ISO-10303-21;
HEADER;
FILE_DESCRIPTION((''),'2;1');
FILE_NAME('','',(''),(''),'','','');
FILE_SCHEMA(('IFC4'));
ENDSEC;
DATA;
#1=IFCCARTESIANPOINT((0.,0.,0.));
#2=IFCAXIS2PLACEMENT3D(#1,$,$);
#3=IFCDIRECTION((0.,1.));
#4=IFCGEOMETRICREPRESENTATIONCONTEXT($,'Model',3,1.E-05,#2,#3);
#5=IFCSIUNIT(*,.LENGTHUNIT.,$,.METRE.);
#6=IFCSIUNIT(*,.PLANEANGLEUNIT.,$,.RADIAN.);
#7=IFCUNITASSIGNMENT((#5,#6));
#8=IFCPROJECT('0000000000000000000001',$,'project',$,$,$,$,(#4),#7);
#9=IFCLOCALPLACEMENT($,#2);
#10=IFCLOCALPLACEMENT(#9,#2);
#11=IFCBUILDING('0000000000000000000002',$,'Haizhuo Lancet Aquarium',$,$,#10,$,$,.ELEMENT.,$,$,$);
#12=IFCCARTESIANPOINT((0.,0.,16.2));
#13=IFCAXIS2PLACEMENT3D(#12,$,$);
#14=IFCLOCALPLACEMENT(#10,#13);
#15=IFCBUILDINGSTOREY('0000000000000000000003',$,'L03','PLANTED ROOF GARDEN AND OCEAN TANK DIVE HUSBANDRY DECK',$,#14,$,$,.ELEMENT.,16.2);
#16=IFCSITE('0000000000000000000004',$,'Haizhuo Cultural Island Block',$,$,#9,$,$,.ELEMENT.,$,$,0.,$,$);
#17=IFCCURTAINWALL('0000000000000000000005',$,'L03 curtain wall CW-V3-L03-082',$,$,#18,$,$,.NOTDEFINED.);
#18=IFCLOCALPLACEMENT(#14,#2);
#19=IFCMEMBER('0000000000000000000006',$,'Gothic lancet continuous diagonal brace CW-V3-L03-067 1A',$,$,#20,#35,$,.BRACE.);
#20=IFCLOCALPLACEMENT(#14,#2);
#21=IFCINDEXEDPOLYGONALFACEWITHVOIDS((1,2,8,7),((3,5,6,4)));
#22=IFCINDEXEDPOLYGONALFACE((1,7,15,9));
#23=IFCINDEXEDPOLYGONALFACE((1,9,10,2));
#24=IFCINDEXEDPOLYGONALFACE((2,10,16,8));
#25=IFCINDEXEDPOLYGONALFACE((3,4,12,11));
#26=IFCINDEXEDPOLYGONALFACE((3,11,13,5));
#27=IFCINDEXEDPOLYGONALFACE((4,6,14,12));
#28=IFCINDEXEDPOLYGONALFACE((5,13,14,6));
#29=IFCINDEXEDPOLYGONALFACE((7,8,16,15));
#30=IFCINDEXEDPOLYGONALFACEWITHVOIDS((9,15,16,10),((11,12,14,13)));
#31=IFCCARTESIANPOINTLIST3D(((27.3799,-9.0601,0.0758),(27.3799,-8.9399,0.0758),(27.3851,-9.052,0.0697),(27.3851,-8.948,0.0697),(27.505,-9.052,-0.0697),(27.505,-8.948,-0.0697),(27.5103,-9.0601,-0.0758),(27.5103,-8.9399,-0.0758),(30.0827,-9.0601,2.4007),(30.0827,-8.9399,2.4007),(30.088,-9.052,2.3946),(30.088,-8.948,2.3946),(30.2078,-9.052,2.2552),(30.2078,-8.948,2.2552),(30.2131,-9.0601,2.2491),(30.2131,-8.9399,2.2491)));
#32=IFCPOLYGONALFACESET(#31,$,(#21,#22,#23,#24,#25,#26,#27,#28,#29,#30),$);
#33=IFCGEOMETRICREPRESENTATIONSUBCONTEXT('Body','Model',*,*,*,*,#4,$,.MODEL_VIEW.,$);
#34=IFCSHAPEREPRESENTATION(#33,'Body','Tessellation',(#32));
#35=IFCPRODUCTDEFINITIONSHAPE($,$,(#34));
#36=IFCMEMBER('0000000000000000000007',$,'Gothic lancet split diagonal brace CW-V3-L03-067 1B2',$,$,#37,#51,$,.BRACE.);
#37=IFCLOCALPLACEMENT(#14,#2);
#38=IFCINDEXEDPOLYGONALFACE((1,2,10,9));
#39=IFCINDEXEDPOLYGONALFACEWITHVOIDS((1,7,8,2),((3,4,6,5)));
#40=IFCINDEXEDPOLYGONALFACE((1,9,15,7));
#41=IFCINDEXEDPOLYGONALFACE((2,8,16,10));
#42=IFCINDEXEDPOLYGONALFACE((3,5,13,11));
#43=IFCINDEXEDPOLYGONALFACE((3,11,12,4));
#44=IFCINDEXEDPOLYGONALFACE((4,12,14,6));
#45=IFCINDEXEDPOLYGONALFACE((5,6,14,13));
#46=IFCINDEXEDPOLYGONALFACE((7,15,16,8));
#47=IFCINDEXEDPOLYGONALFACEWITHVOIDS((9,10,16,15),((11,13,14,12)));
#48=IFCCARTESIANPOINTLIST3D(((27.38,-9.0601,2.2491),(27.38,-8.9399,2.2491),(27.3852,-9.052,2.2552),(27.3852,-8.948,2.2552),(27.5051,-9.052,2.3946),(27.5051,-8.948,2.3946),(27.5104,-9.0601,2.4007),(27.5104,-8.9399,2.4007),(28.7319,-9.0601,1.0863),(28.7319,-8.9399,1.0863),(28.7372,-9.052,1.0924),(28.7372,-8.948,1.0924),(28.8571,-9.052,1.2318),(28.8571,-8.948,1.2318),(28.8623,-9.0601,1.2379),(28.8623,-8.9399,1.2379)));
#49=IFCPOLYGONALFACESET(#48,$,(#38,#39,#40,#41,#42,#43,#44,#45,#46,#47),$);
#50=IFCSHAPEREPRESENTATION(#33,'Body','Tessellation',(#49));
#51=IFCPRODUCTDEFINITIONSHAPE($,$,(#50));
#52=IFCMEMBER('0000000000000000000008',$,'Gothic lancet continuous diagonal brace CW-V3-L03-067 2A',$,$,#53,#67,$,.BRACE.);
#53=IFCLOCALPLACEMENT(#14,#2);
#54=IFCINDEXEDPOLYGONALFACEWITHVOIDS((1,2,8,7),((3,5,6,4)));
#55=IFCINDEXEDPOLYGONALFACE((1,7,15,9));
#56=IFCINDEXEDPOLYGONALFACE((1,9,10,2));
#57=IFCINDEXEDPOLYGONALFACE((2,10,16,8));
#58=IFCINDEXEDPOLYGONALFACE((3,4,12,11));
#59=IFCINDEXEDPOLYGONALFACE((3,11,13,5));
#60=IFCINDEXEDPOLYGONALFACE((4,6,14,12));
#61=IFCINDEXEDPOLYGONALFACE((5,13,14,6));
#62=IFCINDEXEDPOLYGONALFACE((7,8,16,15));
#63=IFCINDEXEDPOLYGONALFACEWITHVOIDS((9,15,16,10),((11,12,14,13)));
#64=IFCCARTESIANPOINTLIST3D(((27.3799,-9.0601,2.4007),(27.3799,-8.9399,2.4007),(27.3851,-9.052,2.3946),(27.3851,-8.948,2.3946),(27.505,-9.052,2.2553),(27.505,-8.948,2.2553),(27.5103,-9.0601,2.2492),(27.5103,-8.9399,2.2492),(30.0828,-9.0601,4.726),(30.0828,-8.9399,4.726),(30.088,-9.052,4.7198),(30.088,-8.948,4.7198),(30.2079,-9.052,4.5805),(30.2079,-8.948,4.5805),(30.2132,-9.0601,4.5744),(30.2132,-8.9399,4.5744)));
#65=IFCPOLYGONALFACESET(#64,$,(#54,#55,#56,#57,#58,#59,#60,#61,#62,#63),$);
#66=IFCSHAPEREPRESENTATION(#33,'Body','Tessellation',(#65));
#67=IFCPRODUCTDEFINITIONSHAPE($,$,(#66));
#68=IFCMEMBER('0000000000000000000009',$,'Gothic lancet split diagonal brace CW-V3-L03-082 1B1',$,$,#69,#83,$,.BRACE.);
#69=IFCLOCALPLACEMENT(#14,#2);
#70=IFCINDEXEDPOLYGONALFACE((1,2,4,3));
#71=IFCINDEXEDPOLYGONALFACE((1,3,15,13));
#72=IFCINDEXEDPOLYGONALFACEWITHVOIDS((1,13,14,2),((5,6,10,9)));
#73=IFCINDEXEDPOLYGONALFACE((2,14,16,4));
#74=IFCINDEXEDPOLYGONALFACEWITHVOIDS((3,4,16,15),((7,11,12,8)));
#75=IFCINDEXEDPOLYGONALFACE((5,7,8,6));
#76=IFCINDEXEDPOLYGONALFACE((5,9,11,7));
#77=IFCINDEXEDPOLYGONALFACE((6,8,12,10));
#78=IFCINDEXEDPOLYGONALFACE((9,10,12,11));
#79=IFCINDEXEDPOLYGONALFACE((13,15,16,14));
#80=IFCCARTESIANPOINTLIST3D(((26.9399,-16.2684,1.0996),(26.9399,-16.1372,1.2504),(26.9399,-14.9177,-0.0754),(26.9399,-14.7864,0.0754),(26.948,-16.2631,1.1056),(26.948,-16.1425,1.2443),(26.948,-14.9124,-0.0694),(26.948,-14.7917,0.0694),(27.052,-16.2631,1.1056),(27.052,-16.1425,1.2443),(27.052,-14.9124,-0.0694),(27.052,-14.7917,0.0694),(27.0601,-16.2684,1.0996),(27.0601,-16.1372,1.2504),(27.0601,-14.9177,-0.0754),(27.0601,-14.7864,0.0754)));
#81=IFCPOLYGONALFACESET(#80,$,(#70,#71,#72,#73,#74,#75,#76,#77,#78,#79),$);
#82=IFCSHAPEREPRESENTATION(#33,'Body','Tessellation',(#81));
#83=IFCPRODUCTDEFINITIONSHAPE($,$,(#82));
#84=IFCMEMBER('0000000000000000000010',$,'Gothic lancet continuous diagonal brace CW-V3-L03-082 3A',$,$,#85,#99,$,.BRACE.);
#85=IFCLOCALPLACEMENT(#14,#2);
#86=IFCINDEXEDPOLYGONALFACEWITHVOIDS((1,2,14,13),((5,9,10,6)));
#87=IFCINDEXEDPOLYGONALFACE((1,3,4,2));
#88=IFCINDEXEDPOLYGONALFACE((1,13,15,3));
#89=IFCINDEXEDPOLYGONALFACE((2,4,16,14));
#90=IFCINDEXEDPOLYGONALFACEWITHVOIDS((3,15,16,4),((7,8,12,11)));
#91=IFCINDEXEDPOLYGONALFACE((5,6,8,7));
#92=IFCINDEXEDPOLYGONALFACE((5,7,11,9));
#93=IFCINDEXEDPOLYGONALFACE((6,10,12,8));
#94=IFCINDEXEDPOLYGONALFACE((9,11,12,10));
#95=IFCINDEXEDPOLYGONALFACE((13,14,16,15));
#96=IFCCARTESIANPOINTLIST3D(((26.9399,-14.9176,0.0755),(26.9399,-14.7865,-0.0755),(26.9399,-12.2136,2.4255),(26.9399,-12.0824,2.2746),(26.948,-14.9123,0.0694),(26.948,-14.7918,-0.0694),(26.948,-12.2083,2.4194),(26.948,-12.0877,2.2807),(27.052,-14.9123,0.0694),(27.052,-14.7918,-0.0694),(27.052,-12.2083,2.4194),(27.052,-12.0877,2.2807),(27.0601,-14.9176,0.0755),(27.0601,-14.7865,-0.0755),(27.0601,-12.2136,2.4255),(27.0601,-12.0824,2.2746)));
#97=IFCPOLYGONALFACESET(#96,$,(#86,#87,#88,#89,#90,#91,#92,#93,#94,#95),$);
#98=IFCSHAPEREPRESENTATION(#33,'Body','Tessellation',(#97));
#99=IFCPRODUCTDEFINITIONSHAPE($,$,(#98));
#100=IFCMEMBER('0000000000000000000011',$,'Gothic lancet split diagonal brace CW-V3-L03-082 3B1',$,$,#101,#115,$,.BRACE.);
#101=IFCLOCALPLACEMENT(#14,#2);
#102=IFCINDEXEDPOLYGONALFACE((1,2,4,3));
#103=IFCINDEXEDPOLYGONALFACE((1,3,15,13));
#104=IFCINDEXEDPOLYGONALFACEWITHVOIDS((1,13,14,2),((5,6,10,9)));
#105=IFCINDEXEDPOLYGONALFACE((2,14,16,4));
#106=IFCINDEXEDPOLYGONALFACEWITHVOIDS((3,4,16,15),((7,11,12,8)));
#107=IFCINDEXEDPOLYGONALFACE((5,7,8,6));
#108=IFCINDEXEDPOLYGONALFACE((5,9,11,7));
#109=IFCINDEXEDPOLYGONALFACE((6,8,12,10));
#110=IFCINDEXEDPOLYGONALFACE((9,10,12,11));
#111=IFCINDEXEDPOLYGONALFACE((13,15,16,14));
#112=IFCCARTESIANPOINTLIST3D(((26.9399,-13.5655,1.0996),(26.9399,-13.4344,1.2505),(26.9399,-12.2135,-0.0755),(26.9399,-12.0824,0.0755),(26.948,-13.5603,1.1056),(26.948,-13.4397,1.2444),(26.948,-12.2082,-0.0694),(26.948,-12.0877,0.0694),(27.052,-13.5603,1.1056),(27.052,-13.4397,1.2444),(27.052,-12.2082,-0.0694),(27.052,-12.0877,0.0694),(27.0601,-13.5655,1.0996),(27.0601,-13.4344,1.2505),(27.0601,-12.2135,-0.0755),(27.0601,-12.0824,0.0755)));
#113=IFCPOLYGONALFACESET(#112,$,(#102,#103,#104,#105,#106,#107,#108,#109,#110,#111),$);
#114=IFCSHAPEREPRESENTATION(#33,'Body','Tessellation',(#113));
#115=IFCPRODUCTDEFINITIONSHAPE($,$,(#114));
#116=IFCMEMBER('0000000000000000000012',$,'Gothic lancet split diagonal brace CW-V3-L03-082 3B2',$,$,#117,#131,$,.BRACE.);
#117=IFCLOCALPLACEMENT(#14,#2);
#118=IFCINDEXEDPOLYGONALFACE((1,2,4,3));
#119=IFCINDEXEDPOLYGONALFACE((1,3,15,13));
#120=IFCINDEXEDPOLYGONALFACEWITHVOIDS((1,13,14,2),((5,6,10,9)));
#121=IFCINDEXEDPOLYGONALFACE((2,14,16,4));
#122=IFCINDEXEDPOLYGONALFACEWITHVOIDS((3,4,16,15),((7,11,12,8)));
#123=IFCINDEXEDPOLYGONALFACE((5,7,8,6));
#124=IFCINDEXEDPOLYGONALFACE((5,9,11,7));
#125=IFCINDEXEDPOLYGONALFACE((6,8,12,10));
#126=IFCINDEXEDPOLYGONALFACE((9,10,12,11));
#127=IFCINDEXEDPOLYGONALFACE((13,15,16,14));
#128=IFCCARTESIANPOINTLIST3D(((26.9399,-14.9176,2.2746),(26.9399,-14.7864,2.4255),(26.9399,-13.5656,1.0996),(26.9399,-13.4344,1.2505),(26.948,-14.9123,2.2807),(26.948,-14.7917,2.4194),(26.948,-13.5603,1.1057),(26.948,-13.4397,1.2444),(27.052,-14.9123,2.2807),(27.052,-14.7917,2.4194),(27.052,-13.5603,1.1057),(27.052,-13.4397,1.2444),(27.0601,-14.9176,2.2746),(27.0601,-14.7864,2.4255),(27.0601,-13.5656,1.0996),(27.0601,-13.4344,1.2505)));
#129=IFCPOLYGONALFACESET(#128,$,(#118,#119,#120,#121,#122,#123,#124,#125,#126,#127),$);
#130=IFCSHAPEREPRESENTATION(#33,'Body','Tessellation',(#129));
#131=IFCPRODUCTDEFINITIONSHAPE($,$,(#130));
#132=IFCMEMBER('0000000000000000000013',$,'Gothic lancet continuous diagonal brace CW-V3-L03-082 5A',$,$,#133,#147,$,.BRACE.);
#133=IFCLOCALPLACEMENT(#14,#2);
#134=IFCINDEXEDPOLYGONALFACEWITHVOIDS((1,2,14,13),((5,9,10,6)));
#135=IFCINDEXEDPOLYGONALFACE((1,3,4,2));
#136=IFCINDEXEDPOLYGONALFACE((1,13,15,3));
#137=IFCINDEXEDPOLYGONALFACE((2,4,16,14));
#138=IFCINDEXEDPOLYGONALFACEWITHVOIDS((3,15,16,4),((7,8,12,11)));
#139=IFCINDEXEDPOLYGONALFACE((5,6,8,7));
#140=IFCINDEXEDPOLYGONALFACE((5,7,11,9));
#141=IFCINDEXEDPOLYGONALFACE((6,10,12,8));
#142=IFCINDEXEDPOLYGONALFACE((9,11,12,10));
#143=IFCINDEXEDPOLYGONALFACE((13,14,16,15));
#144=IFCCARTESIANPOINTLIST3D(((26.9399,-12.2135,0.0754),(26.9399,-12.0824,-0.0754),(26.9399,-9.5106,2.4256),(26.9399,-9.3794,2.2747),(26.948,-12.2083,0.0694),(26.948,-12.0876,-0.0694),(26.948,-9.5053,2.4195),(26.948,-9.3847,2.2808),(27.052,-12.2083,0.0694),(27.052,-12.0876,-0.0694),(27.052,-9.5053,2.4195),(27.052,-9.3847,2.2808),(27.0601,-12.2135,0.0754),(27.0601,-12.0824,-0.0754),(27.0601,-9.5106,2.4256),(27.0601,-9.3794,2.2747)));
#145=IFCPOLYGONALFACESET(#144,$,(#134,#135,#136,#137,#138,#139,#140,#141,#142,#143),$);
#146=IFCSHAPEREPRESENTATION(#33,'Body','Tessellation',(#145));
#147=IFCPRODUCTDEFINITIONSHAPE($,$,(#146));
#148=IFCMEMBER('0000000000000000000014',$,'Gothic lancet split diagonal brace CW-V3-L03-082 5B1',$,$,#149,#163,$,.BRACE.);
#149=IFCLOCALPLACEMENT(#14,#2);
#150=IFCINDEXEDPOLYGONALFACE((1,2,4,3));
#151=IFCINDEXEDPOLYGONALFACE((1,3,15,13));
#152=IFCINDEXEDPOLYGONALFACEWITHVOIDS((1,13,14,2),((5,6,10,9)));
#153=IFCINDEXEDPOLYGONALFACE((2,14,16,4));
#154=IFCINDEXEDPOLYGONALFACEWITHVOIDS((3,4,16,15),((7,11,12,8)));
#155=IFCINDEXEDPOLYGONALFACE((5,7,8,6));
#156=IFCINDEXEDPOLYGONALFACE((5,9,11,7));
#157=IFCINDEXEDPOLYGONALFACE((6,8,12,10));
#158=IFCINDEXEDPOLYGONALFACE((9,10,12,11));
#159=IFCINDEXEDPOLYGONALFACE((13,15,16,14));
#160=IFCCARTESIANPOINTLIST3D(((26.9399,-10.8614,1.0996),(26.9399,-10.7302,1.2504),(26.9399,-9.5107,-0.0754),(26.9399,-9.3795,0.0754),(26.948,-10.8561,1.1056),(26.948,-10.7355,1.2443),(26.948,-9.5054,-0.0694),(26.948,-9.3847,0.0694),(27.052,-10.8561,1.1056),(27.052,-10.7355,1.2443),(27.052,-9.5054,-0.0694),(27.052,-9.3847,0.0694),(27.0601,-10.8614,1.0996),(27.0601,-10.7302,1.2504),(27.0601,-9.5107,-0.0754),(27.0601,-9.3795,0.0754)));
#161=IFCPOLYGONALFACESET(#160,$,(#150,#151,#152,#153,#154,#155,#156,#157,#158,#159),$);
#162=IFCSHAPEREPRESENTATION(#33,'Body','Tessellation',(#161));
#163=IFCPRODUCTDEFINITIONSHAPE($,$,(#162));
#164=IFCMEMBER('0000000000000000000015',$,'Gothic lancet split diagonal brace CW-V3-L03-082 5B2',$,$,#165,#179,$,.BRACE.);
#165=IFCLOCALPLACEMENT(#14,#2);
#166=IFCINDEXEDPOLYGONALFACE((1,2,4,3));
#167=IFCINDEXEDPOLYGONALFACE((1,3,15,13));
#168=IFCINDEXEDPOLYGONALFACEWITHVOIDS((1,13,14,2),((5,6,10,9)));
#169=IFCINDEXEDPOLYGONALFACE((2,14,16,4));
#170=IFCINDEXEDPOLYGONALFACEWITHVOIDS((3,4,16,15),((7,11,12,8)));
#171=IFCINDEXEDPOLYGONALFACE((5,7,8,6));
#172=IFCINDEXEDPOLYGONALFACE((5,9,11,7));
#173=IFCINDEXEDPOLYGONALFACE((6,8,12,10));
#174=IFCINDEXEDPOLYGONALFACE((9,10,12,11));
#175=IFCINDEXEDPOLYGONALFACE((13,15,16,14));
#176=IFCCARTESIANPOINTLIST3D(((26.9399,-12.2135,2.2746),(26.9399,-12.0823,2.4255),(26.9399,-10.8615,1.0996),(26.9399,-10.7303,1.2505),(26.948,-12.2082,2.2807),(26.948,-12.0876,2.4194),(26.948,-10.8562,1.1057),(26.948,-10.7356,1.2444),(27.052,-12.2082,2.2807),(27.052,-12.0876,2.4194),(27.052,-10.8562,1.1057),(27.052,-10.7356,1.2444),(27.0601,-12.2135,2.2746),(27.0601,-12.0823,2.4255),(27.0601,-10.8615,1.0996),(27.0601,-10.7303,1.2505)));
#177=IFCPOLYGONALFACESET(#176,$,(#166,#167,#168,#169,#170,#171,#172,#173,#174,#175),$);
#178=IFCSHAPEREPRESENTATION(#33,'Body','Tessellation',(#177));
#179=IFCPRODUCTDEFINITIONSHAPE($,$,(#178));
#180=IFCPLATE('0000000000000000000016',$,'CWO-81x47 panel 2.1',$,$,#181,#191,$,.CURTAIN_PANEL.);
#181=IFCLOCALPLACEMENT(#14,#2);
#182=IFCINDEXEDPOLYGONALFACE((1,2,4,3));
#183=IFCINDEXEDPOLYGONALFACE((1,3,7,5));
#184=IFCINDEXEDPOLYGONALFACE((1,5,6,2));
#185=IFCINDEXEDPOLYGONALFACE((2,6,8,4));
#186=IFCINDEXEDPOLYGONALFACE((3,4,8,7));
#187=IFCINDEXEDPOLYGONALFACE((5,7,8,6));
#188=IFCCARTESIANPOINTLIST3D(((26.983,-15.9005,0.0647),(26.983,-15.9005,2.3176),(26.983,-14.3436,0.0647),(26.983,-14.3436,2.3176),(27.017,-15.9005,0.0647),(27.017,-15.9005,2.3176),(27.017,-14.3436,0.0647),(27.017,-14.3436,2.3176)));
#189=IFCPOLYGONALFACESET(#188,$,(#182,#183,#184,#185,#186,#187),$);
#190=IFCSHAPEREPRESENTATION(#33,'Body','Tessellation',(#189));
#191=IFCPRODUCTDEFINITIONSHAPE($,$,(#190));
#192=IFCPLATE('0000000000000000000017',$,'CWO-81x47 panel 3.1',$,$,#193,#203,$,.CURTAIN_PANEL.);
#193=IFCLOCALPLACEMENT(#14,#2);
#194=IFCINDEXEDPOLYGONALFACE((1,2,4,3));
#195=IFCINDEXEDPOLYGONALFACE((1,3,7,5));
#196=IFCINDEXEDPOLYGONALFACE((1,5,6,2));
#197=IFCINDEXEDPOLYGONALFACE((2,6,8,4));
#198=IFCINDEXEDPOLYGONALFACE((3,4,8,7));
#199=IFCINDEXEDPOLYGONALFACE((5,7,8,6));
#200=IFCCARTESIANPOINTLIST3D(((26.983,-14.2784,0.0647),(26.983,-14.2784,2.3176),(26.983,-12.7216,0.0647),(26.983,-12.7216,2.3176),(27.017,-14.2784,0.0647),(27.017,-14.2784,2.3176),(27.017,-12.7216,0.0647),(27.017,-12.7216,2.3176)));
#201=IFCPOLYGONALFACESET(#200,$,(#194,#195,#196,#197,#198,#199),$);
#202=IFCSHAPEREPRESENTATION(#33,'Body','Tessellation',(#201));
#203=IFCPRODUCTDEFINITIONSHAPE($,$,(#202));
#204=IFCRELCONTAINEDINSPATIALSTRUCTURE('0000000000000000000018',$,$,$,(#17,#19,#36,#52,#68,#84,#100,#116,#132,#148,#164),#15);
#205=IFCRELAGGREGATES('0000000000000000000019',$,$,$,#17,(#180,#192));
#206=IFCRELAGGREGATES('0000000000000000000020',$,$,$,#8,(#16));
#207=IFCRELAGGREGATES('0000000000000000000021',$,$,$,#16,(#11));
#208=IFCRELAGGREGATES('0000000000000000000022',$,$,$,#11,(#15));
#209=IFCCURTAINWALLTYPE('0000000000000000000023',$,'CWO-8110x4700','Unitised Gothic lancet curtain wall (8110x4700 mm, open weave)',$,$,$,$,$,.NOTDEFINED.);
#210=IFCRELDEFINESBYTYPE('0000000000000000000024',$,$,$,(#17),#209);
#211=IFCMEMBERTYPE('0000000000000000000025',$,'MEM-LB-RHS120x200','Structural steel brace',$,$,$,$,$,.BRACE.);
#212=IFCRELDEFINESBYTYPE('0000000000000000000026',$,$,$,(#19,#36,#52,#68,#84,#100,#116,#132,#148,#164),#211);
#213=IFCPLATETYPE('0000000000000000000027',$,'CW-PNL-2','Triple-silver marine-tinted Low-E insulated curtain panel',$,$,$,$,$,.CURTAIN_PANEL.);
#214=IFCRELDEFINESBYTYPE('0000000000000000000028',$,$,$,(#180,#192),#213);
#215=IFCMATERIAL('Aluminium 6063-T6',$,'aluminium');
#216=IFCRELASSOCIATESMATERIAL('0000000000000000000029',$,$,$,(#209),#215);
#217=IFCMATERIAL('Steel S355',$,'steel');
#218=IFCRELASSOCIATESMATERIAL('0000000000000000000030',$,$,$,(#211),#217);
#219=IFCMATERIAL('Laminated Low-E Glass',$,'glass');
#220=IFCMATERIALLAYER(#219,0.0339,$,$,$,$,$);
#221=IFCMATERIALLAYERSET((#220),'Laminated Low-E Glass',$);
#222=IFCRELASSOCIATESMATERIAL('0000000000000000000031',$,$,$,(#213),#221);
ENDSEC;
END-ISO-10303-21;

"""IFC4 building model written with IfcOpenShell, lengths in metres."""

from ifc_helpers import new_model, si_unit, direction, frame, origin, origin_2d, place, context, subcontext, project, spatial, rectangle, hollow_rectangle, extrude, material, layer, layer_set, material_profile, profile_set, type_object, element, aggregate, save


model = new_model("IFC4")

# Units and contexts
model_context = context("Model", 3, precision=1e-05, world=origin(), true_north=direction((0.0, 1.0)))
body_context = subcontext(model_context, "Body", "Model", "MODEL_VIEW")
ifc_project = project(units=[si_unit("LENGTHUNIT", "METRE"), si_unit("PLANEANGLEUNIT", "RADIAN")], contexts=[model_context])

# Site, building, storey
site_placement = place(None, origin())
site = spatial("IfcSite", under=ifc_project, at=site_placement, Name="Haizhuo Cultural Island Block", CompositionType="ELEMENT", RefElevation=0.0)
building_placement = place(site_placement, origin())
building = spatial("IfcBuilding", under=site, at=building_placement, Name="Haizhuo Lancet Aquarium", CompositionType="ELEMENT")
storey_placement = place(building_placement, frame((0.0, 0.0, 16.2)))
storey = spatial("IfcBuildingStorey", under=building, at=storey_placement, Name="L03", Description="PLANTED ROOF GARDEN AND OCEAN TANK DIVE HUSBANDRY DECK", CompositionType="ELEMENT", Elevation=16.2)

# Shared definitions
ifc_material_1 = material(Name="Aluminium 6063-T6", Category="aluminium")

# Curtain wall
curtain_wall_type_1 = type_object("IfcCurtainWallType", Name="CWO-8110x4700", Description="Unitised Gothic lancet curtain wall (8110x4700 mm, open weave)", PredefinedType="NOTDEFINED", material=ifc_material_1)
curtain_wall_1_placement = place(storey_placement, origin())
curtain_wall_1 = element("IfcCurtainWall", 1, at=curtain_wall_1_placement, inside=storey, type_object=curtain_wall_type_1, Name="L03 curtain wall CW-V3-L03-082", PredefinedType="NOTDEFINED")

# Members
ifc_material_2 = material(Name="Steel S355", Category="steel")
ifc_material_profile_1 = material_profile(ifc_material_2, hollow_rectangle(XDim=0.1201, YDim=0.2, WallThickness=0.0081, at=origin_2d()), Name="RHS 120x200x8")
ifc_profile_set_1 = profile_set([ifc_material_profile_1], Name="Steel S355")
member_type_1 = type_object("IfcMemberType", Name="MEM-LB-RHS120x200", Description="Structural steel brace", PredefinedType="BRACE", material=ifc_profile_set_1)
member_1_placement = place(storey_placement, frame((27.4451, -9.0, 0.0), z_axis=(0.75812, 0.0, 0.652116), x_axis=(0.0, 1.0, 0.0)))
element("IfcMember", 2, at=member_1_placement, inside=storey, type_object=member_type_1, Name="Gothic lancet continuous diagonal brace CW-V3-L03-067 1A", PredefinedType="BRACE", context=body_context, shape_type="SweptSolid", body=[
    extrude(hollow_rectangle(XDim=0.1201, YDim=0.2, WallThickness=0.0081, at=origin_2d()), origin(), (0.0, 0.0, 1.0), 3.5652),
])
member_2_placement = place(storey_placement, frame((28.7971, -9.0, 1.1621), z_axis=(-0.758164, 0.0, 0.652064), x_axis=(0.0, -1.0, 0.0)))
element("IfcMember", 3, at=member_2_placement, inside=storey, type_object=member_type_1, Name="Gothic lancet split diagonal brace CW-V3-L03-067 1B2", PredefinedType="BRACE", context=body_context, shape_type="SweptSolid", body=[
    extrude(hollow_rectangle(XDim=0.1201, YDim=0.2, WallThickness=0.0081, at=origin_2d()), origin(), (0.0, 0.0, 1.0), 1.7832),
])
member_3_placement = place(storey_placement, frame((27.4451, -9.0, 2.325), z_axis=(0.758086, 0.0, 0.652155), x_axis=(0.0, 1.0, 0.0)))
element("IfcMember", 4, at=member_3_placement, inside=storey, type_object=member_type_1, Name="Gothic lancet continuous diagonal brace CW-V3-L03-067 2A", PredefinedType="BRACE", context=body_context, shape_type="SweptSolid", body=[
    extrude(hollow_rectangle(XDim=0.1201, YDim=0.2, WallThickness=0.0081, at=origin_2d()), origin(), (0.0, 0.0, 1.0), 3.5654),
])
member_4_placement = place(storey_placement, frame((27.0, -14.8521, 0.0), z_axis=(0.0, -0.754491, 0.65631), x_axis=(1.0, 0.0, 0.0)))
element("IfcMember", 5, at=member_4_placement, inside=storey, type_object=member_type_1, Name="Gothic lancet split diagonal brace CW-V3-L03-082 1B1", PredefinedType="BRACE", context=body_context, shape_type="SweptSolid", body=[
    extrude(hollow_rectangle(XDim=0.1201, YDim=0.2, WallThickness=0.0081, at=origin_2d()), origin(), (0.0, 0.0, 1.0), 1.7903),
])
member_5_placement = place(storey_placement, frame((27.0, -14.8521, 0.0), z_axis=(0.0, 0.754784, 0.655973), x_axis=(-1.0, 0.0, 0.0)))
element("IfcMember", 6, at=member_5_placement, inside=storey, type_object=member_type_1, Name="Gothic lancet continuous diagonal brace CW-V3-L03-082 3A", PredefinedType="BRACE", context=body_context, shape_type="SweptSolid", body=[
    extrude(hollow_rectangle(XDim=0.1201, YDim=0.2, WallThickness=0.0081, at=origin_2d()), origin(), (0.0, 0.0, 1.0), 3.5825),
])
for number, where, z_axis, x_axis, name in (
    (7, (27.0, -12.1479, 0.0), (0.0, -0.754784, 0.655973), (1.0, 0.0, 0.0), "Gothic lancet split diagonal brace CW-V3-L03-082 3B1"),
    (8, (27.0, -13.5, 1.175), (0.0, -0.754784, 0.655973), (1.0, 0.0, 0.0), "Gothic lancet split diagonal brace CW-V3-L03-082 3B2"),
):
    element("IfcMember", number, at=place(storey_placement, frame(where, z_axis=z_axis, x_axis=x_axis)), inside=storey, type_object=member_type_1, Name=name, PredefinedType="BRACE", context=body_context, shape_type="SweptSolid", body=[
        extrude(hollow_rectangle(XDim=0.1201, YDim=0.2, WallThickness=0.0081, at=origin_2d()), origin(), (0.0, 0.0, 1.0), 1.7913),
    ])
member_6_placement = place(storey_placement, frame((27.0, -12.1479, 0.0), z_axis=(0.0, 0.754638, 0.656142), x_axis=(-1.0, 0.0, 0.0)))
element("IfcMember", 9, at=member_6_placement, inside=storey, type_object=member_type_1, Name="Gothic lancet continuous diagonal brace CW-V3-L03-082 5A", PredefinedType="BRACE", context=body_context, shape_type="SweptSolid", body=[
    extrude(hollow_rectangle(XDim=0.1201, YDim=0.2, WallThickness=0.0081, at=origin_2d()), origin(), (0.0, 0.0, 1.0), 3.5818),
])
member_7_placement = place(storey_placement, frame((27.0, -9.4451, 0.0), z_axis=(0.0, -0.754491, 0.65631), x_axis=(1.0, 0.0, 0.0)))
element("IfcMember", 10, at=member_7_placement, inside=storey, type_object=member_type_1, Name="Gothic lancet split diagonal brace CW-V3-L03-082 5B1", PredefinedType="BRACE", context=body_context, shape_type="SweptSolid", body=[
    extrude(hollow_rectangle(XDim=0.1201, YDim=0.2, WallThickness=0.0081, at=origin_2d()), origin(), (0.0, 0.0, 1.0), 1.7903),
])
member_8_placement = place(storey_placement, frame((27.0, -10.7959, 1.175), z_axis=(0.0, -0.754784, 0.655973), x_axis=(1.0, 0.0, 0.0)))
element("IfcMember", 11, at=member_8_placement, inside=storey, type_object=member_type_1, Name="Gothic lancet split diagonal brace CW-V3-L03-082 5B2", PredefinedType="BRACE", context=body_context, shape_type="SweptSolid", body=[
    extrude(hollow_rectangle(XDim=0.1201, YDim=0.2, WallThickness=0.0081, at=origin_2d()), origin(), (0.0, 0.0, 1.0), 1.7913),
])

# Plates
ifc_material_3 = material(Name="Laminated Low-E Glass", Category="glass")
ifc_layer_1 = layer(ifc_material_3, 0.0339)
ifc_layer_set_1 = layer_set([ifc_layer_1], Name="Laminated Low-E Glass")
plate_type_1 = type_object("IfcPlateType", Name="CW-PNL-2", Description="Triple-silver marine-tinted Low-E insulated curtain panel", PredefinedType="CURTAIN_PANEL", material=ifc_layer_set_1)
plate_1_placement = place(storey_placement, frame((27.0, -15.1221, 0.0647), z_axis=(0.0, 0.0, 1.0), x_axis=(0.0, 1.0, 0.0)))
plate_1 = element("IfcPlate", 12, at=plate_1_placement, type_object=plate_type_1, Name="CWO-81x47 panel 2.1", PredefinedType="CURTAIN_PANEL", context=body_context, shape_type="SweptSolid", body=[
    extrude(rectangle(XDim=1.5569, YDim=0.0339, at=origin_2d()), origin(), (0.0, 0.0, 1.0), 2.2529),
])
plate_2_placement = place(storey_placement, frame((27.0, -13.5, 0.0647), z_axis=(0.0, 0.0, 1.0), x_axis=(0.0, 1.0, 0.0)))
plate_2 = element("IfcPlate", 13, at=plate_2_placement, type_object=plate_type_1, Name="CWO-81x47 panel 3.1", PredefinedType="CURTAIN_PANEL", context=body_context, shape_type="SweptSolid", body=[
    extrude(rectangle(XDim=1.5569, YDim=0.0339, at=origin_2d()), origin(), (0.0, 0.0, 1.0), 2.2529),
])
aggregate(curtain_wall_1, [plate_1, plate_2])

save(model, "model.ifc")
